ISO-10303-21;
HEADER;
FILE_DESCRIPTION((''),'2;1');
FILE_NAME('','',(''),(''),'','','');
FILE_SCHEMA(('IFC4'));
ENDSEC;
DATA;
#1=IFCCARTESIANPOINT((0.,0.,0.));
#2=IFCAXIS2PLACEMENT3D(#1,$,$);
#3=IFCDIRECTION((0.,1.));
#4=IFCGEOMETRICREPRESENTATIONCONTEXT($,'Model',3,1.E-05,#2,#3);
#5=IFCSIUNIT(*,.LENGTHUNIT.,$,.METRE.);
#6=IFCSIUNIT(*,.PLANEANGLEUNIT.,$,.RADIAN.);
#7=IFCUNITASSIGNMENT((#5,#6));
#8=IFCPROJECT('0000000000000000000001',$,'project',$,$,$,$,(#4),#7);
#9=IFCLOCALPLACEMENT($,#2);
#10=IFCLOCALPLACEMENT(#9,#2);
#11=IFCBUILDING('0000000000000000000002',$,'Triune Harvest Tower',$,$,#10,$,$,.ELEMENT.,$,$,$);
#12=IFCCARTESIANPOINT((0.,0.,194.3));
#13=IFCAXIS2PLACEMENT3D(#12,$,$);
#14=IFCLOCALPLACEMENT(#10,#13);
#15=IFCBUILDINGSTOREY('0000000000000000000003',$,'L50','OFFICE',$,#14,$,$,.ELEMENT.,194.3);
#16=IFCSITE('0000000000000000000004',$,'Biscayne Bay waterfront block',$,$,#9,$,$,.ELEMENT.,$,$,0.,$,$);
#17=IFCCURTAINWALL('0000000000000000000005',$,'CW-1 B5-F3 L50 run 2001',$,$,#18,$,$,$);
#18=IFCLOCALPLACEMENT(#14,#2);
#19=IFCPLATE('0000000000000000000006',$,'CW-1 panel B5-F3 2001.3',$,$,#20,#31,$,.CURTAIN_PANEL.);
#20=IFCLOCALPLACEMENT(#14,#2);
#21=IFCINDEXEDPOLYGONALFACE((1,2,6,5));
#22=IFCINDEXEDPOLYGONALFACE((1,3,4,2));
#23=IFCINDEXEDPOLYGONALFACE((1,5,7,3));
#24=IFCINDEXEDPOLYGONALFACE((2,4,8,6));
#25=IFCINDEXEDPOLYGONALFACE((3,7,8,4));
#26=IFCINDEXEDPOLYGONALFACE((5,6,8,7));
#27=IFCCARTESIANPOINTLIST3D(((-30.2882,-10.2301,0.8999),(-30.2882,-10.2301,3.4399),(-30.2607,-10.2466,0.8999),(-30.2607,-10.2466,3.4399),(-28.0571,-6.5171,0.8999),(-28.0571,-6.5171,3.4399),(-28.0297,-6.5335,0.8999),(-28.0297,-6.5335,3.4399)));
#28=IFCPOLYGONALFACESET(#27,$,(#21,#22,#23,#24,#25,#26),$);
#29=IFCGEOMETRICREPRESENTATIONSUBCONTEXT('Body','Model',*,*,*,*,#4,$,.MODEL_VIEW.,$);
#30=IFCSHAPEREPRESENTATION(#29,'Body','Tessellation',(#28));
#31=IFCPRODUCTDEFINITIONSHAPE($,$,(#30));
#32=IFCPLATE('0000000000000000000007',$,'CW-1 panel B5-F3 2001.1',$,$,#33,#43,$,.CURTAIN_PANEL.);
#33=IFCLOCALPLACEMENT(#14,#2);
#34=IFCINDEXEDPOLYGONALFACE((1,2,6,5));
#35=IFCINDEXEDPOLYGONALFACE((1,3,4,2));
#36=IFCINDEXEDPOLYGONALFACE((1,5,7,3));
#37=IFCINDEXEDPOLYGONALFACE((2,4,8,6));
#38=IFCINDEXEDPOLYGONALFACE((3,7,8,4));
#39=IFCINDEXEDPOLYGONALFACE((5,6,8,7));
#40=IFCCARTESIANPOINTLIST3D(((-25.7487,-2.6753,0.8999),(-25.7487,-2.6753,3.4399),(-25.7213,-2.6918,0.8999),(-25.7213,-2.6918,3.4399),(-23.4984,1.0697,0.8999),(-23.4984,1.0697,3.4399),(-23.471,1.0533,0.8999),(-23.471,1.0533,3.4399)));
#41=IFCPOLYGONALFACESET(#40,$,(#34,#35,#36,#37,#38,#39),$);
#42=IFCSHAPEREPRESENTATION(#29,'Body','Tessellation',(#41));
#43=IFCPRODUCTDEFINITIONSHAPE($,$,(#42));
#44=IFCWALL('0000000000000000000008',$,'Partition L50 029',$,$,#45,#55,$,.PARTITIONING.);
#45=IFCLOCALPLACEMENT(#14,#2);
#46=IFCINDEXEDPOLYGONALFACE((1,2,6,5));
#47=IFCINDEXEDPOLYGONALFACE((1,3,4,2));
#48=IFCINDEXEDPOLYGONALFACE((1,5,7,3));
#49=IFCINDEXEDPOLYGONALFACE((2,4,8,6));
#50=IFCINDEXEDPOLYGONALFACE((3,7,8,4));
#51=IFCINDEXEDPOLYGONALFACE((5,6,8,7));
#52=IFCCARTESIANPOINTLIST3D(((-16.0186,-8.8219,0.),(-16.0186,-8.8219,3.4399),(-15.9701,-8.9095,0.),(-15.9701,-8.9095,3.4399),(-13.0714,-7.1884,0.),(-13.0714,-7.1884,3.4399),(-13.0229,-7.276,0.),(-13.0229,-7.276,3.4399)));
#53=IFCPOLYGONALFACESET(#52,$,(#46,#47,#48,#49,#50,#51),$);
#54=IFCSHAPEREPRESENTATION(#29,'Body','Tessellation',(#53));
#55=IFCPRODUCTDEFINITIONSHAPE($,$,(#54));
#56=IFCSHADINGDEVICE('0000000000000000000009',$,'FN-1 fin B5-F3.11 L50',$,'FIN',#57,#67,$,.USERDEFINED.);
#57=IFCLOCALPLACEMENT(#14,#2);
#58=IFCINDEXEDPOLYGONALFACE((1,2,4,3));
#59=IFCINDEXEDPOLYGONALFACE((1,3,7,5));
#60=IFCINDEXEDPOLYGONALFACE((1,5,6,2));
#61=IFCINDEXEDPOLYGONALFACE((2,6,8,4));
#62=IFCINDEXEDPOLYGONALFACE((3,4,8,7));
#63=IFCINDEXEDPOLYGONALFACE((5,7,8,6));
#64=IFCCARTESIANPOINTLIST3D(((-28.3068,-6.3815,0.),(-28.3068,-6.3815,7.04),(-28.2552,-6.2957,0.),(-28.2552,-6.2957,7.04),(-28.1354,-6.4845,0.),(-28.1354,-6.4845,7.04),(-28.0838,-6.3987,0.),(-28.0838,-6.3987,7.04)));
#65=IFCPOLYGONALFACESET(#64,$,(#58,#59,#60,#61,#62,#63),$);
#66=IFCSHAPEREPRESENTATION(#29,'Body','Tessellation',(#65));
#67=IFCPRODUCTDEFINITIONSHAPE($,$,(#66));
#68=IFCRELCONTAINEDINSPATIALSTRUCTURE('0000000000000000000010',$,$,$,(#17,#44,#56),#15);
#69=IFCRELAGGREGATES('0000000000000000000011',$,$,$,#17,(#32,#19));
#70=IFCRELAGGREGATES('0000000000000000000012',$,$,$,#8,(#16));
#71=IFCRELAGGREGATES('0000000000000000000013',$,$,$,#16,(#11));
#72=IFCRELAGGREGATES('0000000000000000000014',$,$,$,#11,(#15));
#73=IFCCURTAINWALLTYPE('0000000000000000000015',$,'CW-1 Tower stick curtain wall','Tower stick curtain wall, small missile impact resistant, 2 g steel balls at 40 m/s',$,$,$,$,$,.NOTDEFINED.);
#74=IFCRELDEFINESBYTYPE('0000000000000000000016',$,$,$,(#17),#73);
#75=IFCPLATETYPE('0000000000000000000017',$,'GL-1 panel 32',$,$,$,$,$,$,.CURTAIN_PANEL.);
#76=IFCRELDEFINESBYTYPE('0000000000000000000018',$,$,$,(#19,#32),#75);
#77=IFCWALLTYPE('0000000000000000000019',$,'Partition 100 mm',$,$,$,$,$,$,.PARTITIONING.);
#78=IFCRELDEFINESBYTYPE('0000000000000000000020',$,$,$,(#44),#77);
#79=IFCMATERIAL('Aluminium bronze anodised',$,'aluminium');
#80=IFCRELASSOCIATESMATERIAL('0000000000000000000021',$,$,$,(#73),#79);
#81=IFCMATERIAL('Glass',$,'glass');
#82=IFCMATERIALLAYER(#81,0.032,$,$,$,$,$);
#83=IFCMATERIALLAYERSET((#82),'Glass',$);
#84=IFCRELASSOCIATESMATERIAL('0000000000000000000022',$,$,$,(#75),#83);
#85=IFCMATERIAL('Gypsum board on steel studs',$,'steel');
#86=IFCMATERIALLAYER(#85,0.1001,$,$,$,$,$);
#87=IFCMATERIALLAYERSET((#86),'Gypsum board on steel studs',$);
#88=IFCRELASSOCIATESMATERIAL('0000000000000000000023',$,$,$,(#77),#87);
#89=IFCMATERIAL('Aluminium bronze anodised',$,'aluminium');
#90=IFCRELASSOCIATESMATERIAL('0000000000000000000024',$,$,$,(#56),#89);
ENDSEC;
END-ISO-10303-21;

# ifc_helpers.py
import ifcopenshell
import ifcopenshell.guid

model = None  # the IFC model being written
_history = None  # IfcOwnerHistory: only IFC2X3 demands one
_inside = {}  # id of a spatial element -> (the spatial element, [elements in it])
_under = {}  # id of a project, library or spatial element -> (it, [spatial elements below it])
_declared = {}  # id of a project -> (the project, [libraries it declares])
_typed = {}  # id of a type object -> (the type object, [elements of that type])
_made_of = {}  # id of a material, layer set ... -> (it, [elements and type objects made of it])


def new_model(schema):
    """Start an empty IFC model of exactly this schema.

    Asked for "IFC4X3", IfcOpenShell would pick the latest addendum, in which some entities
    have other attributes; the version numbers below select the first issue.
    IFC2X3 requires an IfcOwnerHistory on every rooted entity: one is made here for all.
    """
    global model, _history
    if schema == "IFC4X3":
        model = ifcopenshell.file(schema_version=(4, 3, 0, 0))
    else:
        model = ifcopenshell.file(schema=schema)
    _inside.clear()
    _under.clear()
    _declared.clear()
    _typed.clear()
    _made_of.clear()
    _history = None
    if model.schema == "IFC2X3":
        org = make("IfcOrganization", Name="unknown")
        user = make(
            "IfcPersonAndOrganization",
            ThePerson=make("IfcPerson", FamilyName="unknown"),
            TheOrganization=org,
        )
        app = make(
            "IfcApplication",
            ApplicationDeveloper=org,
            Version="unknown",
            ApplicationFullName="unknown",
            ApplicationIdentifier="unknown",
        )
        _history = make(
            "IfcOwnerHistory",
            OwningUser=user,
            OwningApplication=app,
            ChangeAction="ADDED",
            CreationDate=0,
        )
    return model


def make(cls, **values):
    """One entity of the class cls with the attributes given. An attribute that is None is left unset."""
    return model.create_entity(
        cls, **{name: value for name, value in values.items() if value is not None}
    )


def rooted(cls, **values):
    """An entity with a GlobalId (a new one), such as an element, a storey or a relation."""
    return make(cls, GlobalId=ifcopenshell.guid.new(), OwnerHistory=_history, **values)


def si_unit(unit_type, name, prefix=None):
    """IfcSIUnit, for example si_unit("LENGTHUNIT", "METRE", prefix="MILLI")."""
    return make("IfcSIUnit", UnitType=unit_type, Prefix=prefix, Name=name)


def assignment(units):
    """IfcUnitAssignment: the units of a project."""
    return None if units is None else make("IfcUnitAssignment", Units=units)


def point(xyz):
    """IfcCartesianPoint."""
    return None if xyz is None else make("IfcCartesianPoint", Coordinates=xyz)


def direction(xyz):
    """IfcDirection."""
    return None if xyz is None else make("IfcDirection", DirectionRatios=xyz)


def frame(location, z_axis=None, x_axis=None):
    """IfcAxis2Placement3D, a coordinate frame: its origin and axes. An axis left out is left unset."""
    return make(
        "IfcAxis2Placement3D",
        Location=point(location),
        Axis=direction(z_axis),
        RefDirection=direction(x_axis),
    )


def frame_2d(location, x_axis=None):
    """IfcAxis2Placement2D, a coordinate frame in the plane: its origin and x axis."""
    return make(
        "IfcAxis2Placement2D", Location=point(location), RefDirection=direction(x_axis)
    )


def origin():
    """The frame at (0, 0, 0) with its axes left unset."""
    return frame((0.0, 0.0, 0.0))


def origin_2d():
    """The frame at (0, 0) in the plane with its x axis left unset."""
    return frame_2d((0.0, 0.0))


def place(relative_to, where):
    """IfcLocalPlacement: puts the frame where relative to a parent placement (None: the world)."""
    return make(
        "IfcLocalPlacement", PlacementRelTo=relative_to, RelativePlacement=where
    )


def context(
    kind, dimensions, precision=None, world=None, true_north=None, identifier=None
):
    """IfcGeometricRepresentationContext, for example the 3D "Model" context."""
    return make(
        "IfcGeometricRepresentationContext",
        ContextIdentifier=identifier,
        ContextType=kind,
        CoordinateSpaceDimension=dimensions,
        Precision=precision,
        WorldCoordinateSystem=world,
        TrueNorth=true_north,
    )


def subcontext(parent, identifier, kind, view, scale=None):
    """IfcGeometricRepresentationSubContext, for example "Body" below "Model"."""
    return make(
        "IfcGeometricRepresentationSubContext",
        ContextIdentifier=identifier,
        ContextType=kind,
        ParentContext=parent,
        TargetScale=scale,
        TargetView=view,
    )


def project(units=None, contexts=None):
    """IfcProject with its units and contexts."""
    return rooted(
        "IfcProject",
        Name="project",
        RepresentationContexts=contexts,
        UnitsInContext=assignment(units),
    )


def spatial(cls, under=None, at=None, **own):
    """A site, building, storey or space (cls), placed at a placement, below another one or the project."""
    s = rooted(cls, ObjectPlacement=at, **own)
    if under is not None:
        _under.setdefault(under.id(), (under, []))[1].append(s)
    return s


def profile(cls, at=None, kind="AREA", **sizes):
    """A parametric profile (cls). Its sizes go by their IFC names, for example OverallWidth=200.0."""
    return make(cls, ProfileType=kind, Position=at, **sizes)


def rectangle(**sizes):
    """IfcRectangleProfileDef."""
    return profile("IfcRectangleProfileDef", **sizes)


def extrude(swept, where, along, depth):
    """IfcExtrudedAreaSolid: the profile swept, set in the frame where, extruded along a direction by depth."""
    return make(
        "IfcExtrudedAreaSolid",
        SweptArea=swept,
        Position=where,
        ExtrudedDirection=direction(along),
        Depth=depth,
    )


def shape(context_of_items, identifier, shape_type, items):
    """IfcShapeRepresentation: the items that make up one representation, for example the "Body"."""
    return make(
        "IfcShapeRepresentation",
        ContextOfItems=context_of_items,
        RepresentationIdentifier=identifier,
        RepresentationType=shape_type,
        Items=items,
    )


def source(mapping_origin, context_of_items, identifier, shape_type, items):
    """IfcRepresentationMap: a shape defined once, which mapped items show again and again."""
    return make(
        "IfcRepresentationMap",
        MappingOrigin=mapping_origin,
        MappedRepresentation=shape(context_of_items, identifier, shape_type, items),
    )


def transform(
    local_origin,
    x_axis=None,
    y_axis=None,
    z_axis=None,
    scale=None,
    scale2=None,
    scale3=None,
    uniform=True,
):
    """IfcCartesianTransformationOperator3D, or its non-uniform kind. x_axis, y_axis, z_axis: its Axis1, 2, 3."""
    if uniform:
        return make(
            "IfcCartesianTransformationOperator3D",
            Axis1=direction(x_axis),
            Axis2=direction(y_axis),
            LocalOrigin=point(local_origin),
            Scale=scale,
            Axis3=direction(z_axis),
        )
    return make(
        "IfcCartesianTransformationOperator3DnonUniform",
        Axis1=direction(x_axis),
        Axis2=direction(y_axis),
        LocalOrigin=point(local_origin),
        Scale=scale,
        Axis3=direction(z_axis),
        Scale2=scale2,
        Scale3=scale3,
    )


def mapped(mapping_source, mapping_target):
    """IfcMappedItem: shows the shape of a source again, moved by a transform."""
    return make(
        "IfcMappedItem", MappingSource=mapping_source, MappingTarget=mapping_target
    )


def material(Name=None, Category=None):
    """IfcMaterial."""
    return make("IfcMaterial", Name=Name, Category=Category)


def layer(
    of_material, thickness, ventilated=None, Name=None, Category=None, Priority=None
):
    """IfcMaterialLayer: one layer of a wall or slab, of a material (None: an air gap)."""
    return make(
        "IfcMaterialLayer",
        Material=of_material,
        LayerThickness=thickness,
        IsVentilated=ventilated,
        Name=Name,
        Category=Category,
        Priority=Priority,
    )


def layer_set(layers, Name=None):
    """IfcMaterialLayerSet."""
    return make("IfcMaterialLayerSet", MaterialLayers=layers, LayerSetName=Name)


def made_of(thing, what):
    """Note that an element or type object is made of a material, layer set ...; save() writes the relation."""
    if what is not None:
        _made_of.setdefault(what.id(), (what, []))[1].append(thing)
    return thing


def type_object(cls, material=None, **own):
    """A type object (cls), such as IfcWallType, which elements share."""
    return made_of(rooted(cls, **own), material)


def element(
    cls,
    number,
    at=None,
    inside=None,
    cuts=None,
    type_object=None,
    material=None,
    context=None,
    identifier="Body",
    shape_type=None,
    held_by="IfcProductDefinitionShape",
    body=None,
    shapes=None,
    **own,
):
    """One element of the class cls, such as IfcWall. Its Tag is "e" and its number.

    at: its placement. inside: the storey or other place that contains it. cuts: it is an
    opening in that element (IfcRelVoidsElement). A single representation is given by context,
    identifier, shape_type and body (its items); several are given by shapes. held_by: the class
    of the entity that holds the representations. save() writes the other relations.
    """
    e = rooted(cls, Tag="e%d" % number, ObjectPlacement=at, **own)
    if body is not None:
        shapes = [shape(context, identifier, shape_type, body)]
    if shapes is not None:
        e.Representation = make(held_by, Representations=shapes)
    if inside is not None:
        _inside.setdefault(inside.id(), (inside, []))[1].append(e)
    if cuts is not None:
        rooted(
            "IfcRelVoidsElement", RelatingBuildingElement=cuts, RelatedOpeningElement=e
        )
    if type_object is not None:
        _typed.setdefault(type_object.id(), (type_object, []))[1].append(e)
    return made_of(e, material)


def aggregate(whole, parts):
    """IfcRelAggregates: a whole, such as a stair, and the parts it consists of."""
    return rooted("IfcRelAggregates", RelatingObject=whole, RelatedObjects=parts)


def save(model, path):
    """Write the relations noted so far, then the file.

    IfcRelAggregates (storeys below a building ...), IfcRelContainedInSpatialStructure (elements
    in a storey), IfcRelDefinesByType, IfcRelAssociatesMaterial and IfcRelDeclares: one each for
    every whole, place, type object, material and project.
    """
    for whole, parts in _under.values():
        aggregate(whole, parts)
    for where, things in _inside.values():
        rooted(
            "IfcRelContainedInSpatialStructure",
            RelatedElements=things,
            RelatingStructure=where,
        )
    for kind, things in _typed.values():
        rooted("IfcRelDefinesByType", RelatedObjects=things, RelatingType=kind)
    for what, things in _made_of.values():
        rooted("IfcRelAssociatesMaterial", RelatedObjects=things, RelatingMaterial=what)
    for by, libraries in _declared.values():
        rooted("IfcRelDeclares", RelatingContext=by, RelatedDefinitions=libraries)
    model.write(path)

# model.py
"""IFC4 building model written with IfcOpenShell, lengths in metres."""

from ifc_helpers import new_model, si_unit, direction, frame, frame_2d, origin, origin_2d, place, context, subcontext, project, spatial, rectangle, extrude, source, transform, mapped, material, layer, layer_set, type_object, element, aggregate, save


model = new_model("IFC4")

# Units and contexts
model_context = context("Model", 3, precision=1e-05, world=origin(), true_north=direction((0.0, 1.0)))
body_context = subcontext(model_context, "Body", "Model", "MODEL_VIEW")
ifc_project = project(units=[si_unit("LENGTHUNIT", "METRE"), si_unit("PLANEANGLEUNIT", "RADIAN")], contexts=[model_context])

# Site, building, storey
site_placement = place(None, origin())
site = spatial("IfcSite", under=ifc_project, at=site_placement, Name="Biscayne Bay waterfront block", CompositionType="ELEMENT", RefElevation=0.0)
building_placement = place(site_placement, origin())
building = spatial("IfcBuilding", under=site, at=building_placement, Name="Triune Harvest Tower", CompositionType="ELEMENT")
storey_placement = place(building_placement, frame((0.0, 0.0, 194.3)))
storey = spatial("IfcBuildingStorey", under=building, at=storey_placement, Name="L50", Description="OFFICE", CompositionType="ELEMENT", Elevation=194.3)

# Curtain wall
ifc_material_1 = material(Name="Aluminium bronze anodised", Category="aluminium")
curtain_wall_type = type_object("IfcCurtainWallType", Name="CW-1 Tower stick curtain wall", Description="Tower stick curtain wall, small missile impact resistant, 2 g steel balls at 40 m/s", PredefinedType="NOTDEFINED", material=ifc_material_1)
curtain_wall_1_placement = place(storey_placement, origin())
curtain_wall_1 = element("IfcCurtainWall", 1, at=curtain_wall_1_placement, inside=storey, type_object=curtain_wall_type, Name="CW-1 B5-F3 L50 run 2001")

# Plates
ifc_material_2 = material(Name="Glass", Category="glass")
ifc_layer_1 = layer(ifc_material_2, 0.032)
ifc_layer_set_1 = layer_set([ifc_layer_1], Name="Glass")
plate_type = type_object("IfcPlateType", Name="GL-1 panel 32", PredefinedType="CURTAIN_PANEL", material=ifc_layer_set_1)
shared_shape_1 = source(origin(), body_context, "Body", "SweptSolid", [
    extrude(rectangle(XDim=4.3318, YDim=0.032, at=origin_2d()), origin(), (0.0, 0.0, 1.0), 2.54),
])
plate_1_placement = place(storey_placement, frame((-29.1589, -8.3818, 0.8999), z_axis=(0.0, 0.0, 1.0), x_axis=(-0.515035, -0.857169, 0.0)))
plate_1 = element("IfcPlate", 2, at=plate_1_placement, type_object=plate_type, Name="CW-1 panel B5-F3 2001.3", PredefinedType="CURTAIN_PANEL", context=body_context, shape_type="MappedRepresentation", body=[
    mapped(shared_shape_1, transform((0.0, 0.0, 0.0), scale=1.0)),
])
shared_shape_2 = source(origin(), body_context, "Body", "SweptSolid", [
    extrude(rectangle(XDim=4.3691, YDim=0.032, at=origin_2d()), origin(), (0.0, 0.0, 1.0), 2.54),
])
plate_2_placement = place(storey_placement, frame((-24.6099, -0.811, 0.8999), z_axis=(0.0, 0.0, 1.0), x_axis=(-0.515035, -0.857169, 0.0)))
plate_2 = element("IfcPlate", 3, at=plate_2_placement, type_object=plate_type, Name="CW-1 panel B5-F3 2001.1", PredefinedType="CURTAIN_PANEL", context=body_context, shape_type="MappedRepresentation", body=[
    mapped(shared_shape_2, transform((0.0, 0.0, 0.0), scale=1.0)),
])
aggregate(curtain_wall_1, [plate_2, plate_1])

# Wall
ifc_material_3 = material(Name="Gypsum board on steel studs", Category="steel")
ifc_layer_2 = layer(ifc_material_3, 0.1001)
ifc_layer_set_2 = layer_set([ifc_layer_2], Name="Gypsum board on steel studs")
wall_type = type_object("IfcWallType", Name="Partition 100 mm", PredefinedType="PARTITIONING", material=ifc_layer_set_2)
shared_shape_3 = source(origin(), body_context, "Body", "SweptSolid", [
    extrude(rectangle(XDim=3.3696, YDim=0.1001, at=frame_2d((1.6848, 0.0))), origin(), (0.0, 0.0, 1.0), 3.4399),
])
wall_placement = place(storey_placement, frame((-15.9944, -8.8657, 0.0), z_axis=(0.0, 0.0, 1.0), x_axis=(0.874639, 0.484775, 0.0)))
element("IfcWall", 4, at=wall_placement, inside=storey, type_object=wall_type, Name="Partition L50 029", PredefinedType="PARTITIONING", context=body_context, shape_type="MappedRepresentation", body=[
    mapped(shared_shape_3, transform((0.0, 0.0, 0.0), scale=1.0)),
])

# Shading device
ifc_material_4 = material(Name="Aluminium bronze anodised", Category="aluminium")
shared_shape_4 = source(origin(), body_context, "Body", "SweptSolid", [
    extrude(rectangle(XDim=0.1001, YDim=0.2, at=origin_2d()), origin(), (0.0, 0.0, 1.0), 7.04),
])
shading_device_placement = place(storey_placement, frame((-28.1953, -6.3901, 0.0), z_axis=(0.0, 0.0, 1.0), x_axis=(-0.515037, -0.857168, 0.0)))
element("IfcShadingDevice", 5, at=shading_device_placement, inside=storey, material=ifc_material_4, Name="FN-1 fin B5-F3.11 L50", ObjectType="FIN", PredefinedType="USERDEFINED", context=body_context, shape_type="MappedRepresentation", body=[
    mapped(shared_shape_4, transform((0.0, 0.0, 0.0), scale=1.0)),
])

save(model, "model.ifc")
